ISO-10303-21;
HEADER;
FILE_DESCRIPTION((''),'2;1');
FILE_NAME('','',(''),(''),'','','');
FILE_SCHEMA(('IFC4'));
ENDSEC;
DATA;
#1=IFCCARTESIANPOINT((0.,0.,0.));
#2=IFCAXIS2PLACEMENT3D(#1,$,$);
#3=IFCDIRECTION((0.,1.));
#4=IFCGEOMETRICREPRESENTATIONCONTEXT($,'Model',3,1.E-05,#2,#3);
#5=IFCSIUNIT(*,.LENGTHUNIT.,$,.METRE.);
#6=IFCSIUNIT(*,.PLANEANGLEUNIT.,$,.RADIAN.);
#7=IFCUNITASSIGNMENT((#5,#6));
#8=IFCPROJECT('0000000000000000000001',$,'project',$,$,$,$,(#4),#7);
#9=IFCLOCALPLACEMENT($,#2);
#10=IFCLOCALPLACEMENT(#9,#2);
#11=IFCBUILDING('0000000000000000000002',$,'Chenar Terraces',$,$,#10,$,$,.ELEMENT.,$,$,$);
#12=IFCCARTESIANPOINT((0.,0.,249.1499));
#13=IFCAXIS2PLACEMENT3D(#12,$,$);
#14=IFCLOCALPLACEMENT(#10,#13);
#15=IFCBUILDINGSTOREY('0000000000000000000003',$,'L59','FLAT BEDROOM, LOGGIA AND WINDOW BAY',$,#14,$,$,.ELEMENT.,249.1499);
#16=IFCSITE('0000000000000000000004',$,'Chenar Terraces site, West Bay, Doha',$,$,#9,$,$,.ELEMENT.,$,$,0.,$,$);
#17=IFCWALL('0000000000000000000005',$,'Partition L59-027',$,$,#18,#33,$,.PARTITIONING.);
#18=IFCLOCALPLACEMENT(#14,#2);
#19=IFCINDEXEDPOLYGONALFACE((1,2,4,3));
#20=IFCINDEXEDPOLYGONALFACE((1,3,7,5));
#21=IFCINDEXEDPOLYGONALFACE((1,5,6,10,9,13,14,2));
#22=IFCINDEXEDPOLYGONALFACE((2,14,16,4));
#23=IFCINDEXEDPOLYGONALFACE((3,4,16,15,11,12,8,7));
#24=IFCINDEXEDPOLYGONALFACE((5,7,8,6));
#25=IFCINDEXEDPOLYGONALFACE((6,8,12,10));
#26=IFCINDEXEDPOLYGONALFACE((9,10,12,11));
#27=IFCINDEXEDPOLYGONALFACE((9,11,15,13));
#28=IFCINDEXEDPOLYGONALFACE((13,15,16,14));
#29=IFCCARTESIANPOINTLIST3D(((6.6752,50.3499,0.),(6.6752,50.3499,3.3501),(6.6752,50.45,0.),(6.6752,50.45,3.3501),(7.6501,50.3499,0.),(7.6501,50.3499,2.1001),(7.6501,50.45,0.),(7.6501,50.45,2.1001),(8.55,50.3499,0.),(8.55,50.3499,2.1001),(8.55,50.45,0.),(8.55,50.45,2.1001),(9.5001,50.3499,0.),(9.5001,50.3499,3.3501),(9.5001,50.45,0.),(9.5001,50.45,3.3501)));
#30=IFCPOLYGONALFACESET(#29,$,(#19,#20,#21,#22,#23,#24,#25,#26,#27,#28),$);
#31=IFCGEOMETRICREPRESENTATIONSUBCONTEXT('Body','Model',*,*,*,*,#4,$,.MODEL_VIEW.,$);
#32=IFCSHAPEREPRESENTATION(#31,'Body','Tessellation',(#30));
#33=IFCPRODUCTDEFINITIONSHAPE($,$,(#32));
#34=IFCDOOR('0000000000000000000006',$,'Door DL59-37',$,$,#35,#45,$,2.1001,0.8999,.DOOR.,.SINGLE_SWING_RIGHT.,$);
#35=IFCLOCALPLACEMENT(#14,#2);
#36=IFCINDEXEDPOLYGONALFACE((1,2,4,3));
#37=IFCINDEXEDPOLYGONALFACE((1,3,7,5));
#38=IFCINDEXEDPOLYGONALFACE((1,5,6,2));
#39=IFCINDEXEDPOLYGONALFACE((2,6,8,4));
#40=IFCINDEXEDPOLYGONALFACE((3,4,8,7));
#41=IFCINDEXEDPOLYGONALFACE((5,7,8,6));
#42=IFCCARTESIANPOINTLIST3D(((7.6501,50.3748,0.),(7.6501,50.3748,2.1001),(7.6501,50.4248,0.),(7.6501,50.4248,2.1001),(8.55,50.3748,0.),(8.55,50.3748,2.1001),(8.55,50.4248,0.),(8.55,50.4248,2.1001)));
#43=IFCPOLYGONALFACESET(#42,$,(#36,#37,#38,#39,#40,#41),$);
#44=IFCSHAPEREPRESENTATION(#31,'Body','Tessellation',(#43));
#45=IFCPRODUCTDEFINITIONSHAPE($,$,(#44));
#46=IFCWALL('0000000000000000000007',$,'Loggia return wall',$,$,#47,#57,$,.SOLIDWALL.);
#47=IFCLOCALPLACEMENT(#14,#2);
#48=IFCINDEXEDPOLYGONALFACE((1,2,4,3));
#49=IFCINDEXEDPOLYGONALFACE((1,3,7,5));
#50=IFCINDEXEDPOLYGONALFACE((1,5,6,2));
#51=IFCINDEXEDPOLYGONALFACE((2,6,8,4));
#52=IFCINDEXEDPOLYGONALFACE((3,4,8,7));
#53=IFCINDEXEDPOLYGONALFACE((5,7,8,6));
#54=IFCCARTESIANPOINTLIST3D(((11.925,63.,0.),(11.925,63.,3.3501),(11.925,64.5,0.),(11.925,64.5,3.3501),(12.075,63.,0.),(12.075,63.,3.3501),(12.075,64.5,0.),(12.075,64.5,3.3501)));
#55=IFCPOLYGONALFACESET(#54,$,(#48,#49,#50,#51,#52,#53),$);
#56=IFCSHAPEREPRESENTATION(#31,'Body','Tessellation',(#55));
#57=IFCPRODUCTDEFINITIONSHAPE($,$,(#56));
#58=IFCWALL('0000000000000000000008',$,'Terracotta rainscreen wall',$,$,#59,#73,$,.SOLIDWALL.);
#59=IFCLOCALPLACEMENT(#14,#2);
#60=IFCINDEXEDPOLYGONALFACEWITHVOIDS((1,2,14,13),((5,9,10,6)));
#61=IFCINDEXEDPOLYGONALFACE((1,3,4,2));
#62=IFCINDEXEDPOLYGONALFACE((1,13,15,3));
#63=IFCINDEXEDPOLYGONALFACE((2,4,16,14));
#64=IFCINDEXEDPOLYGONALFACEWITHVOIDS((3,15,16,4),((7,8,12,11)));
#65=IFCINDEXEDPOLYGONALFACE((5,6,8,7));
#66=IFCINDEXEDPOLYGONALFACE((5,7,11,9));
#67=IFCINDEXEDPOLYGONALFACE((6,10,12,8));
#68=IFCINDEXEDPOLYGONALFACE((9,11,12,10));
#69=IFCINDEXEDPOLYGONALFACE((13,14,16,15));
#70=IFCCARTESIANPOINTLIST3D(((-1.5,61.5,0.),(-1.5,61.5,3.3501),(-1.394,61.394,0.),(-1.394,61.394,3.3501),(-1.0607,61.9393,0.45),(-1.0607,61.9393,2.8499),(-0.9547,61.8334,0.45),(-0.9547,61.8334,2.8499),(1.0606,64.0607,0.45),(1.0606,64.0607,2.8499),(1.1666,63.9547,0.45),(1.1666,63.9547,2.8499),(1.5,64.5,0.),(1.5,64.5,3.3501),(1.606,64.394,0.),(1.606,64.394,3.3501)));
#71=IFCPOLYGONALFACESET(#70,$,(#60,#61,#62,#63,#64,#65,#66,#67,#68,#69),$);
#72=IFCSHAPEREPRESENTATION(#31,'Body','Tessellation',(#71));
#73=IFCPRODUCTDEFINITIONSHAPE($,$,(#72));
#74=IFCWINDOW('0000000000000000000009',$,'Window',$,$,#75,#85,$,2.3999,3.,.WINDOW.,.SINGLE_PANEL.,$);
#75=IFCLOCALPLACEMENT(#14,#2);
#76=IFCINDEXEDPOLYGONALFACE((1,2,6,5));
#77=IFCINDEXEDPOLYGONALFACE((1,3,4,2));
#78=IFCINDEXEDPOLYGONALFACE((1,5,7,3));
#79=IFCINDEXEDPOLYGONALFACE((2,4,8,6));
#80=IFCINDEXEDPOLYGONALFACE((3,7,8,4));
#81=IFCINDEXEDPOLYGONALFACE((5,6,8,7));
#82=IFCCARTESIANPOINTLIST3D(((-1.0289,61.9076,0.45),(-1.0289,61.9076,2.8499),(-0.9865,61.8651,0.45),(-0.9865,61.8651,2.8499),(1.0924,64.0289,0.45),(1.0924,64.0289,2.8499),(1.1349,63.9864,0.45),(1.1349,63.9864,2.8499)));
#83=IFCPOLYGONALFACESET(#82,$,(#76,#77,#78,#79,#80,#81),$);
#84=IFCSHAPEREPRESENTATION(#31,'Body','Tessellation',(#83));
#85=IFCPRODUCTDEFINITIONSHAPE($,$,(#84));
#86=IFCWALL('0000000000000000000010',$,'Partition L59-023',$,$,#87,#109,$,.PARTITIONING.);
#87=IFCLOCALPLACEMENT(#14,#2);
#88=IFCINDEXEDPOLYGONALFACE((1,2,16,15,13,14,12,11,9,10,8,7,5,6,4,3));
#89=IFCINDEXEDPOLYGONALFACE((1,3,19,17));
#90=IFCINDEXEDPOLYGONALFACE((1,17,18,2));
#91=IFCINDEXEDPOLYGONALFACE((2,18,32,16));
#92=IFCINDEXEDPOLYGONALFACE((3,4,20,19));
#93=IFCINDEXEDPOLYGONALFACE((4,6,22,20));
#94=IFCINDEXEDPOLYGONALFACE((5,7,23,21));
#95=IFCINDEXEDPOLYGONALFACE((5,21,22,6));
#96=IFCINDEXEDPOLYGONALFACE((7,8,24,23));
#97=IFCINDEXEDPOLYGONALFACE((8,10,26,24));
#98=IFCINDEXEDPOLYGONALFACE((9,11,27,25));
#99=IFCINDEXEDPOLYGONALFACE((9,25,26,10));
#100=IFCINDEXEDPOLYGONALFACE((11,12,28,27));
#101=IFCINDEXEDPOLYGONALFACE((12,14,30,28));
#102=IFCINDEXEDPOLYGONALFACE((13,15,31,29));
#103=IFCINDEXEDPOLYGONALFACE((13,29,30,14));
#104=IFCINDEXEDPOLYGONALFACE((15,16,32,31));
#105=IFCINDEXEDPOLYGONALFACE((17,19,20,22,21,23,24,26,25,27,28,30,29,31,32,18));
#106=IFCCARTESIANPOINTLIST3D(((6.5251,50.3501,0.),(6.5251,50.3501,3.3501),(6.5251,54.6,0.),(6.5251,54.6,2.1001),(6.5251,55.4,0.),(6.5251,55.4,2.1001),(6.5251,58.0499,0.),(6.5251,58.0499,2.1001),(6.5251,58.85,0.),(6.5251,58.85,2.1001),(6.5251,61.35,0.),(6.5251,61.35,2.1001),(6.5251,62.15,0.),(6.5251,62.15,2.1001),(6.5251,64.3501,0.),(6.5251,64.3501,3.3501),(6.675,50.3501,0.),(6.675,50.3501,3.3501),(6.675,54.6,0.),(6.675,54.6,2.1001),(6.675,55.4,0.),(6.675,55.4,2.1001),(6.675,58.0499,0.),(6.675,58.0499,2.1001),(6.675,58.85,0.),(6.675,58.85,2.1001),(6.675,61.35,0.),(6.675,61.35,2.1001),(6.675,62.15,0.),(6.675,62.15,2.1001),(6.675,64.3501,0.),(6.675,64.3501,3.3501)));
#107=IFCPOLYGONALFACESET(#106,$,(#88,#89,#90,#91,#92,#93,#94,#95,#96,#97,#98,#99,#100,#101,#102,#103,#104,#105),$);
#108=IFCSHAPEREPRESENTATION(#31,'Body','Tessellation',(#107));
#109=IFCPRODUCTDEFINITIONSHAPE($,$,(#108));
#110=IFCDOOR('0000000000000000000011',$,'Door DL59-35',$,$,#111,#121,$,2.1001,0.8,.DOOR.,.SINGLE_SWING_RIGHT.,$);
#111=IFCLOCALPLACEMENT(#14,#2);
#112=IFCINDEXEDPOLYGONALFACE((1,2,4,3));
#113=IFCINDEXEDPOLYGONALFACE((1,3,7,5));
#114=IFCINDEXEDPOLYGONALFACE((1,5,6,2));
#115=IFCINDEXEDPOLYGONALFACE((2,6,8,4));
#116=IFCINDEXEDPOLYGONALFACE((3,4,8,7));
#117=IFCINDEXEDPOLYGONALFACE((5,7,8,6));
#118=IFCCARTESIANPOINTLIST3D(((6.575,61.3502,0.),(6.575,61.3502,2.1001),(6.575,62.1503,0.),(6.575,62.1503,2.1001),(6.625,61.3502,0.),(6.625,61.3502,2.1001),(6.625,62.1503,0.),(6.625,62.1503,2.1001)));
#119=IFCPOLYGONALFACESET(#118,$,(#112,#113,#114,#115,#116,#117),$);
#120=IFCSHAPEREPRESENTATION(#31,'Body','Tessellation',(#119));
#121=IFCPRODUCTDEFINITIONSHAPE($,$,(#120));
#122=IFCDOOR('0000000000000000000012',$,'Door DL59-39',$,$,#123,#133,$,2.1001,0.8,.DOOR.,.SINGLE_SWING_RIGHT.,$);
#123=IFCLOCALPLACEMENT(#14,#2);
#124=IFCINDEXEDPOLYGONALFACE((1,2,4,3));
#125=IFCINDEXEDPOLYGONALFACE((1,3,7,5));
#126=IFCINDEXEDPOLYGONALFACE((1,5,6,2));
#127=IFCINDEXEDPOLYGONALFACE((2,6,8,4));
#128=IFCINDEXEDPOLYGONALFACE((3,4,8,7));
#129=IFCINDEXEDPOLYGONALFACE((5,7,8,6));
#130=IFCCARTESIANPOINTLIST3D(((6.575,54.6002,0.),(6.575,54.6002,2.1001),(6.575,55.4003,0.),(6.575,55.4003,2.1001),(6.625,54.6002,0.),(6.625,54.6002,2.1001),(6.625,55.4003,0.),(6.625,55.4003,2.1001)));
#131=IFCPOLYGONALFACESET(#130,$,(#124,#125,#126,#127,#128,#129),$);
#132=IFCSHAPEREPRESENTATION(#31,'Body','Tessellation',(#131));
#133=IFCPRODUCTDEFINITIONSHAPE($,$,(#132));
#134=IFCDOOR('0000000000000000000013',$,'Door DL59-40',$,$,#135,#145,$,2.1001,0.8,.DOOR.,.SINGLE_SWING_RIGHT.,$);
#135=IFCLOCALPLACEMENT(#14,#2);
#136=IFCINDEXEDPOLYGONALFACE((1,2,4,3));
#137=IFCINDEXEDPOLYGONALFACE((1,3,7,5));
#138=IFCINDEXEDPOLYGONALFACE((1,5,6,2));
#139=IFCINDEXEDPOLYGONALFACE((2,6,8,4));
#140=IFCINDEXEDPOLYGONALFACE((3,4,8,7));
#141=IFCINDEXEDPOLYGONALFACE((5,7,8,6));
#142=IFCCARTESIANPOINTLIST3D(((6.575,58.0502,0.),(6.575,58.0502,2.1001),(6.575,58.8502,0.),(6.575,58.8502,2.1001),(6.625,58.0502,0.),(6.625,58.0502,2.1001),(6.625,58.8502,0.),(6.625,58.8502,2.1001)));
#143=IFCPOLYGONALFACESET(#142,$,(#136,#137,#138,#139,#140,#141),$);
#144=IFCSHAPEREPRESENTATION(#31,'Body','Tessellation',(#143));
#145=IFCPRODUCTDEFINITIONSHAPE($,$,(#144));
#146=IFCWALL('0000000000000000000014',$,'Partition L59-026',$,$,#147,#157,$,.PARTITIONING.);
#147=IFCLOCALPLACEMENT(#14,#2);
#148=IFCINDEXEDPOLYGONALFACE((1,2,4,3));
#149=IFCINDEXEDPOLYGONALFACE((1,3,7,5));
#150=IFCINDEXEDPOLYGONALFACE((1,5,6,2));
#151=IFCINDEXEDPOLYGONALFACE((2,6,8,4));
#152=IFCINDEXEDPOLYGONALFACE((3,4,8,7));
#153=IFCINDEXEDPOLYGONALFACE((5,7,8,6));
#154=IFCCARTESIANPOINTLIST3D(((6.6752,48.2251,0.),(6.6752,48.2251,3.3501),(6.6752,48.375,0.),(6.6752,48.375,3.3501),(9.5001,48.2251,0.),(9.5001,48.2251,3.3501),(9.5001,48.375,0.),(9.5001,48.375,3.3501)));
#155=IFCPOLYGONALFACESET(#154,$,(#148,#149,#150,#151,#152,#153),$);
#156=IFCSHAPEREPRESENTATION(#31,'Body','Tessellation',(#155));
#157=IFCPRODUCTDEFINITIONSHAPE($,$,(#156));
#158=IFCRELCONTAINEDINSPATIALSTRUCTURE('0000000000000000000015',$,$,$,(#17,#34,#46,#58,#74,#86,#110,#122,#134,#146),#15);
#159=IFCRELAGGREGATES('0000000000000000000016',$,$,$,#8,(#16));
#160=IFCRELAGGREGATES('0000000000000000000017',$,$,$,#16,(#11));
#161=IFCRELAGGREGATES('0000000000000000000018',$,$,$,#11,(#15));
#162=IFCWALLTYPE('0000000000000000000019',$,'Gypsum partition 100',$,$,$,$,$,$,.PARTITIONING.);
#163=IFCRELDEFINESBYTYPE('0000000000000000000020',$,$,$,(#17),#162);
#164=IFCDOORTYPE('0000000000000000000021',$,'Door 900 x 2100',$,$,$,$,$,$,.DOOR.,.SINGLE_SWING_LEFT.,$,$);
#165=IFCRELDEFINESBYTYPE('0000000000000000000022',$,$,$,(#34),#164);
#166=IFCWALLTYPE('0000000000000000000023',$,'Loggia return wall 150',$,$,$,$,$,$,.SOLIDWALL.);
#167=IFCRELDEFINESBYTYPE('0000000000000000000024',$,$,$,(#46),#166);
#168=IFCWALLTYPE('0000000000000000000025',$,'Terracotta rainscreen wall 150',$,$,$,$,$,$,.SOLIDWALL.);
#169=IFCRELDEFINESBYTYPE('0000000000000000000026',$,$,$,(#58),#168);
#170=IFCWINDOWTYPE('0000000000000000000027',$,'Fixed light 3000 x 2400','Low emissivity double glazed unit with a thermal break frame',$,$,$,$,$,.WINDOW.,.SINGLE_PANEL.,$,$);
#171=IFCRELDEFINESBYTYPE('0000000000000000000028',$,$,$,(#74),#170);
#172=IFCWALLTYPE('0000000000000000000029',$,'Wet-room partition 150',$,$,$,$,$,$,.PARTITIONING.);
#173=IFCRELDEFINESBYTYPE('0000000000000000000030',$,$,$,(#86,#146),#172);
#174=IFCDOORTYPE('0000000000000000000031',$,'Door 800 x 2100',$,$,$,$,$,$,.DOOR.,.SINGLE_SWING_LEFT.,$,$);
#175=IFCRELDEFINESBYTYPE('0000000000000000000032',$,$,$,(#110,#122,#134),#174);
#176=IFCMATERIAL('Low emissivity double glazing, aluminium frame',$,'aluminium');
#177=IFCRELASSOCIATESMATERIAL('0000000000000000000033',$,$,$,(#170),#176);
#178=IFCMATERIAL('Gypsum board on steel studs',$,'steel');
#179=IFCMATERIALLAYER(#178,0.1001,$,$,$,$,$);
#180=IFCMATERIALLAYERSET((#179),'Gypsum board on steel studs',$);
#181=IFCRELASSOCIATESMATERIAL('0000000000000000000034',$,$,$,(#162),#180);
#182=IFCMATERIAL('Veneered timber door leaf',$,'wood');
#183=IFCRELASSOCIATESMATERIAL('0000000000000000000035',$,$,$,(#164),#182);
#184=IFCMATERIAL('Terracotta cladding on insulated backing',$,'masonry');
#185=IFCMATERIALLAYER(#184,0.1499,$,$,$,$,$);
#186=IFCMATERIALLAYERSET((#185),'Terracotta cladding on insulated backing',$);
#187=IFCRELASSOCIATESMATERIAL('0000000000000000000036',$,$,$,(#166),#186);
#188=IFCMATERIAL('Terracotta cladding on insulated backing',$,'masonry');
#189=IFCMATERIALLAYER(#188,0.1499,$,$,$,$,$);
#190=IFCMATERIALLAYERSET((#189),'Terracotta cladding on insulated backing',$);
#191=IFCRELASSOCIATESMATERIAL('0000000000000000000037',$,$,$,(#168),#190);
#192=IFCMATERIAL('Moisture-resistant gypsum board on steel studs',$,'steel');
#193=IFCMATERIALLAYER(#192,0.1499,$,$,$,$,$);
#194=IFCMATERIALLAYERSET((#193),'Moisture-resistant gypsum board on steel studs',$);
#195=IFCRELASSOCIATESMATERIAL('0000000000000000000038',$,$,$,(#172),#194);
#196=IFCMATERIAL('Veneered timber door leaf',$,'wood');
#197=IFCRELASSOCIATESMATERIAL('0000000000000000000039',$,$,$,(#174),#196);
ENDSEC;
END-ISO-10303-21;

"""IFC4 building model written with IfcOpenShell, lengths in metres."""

from ifc_helpers import new_model, si_unit, direction, frame, frame_2d, origin, place, context, subcontext, project, spatial, rectangle, extrude, material, layer, layer_set, type_object, element, fill, save


model = new_model("IFC4")

# Units and contexts
model_context = context("Model", 3, precision=1e-05, world=origin(), true_north=direction((0.0, 1.0)))
body_context = subcontext(model_context, "Body", "Model", "MODEL_VIEW")
ifc_project = project(units=[si_unit("LENGTHUNIT", "METRE"), si_unit("PLANEANGLEUNIT", "RADIAN")], contexts=[model_context])

# Site, building, storey
site_placement = place(None, origin())
site = spatial("IfcSite", under=ifc_project, at=site_placement, Name="Chenar Terraces site, West Bay, Doha", CompositionType="ELEMENT", RefElevation=0.0)
building_placement = place(site_placement, origin())
building = spatial("IfcBuilding", under=site, at=building_placement, Name="Chenar Terraces", CompositionType="ELEMENT")
storey_placement = place(building_placement, frame((0.0, 0.0, 249.1499)))
storey = spatial("IfcBuildingStorey", under=building, at=storey_placement, Name="L59", Description="FLAT BEDROOM, LOGGIA AND WINDOW BAY", CompositionType="ELEMENT", Elevation=249.1499)

# Shared definitions
ifc_material_1 = material(Name="Low emissivity double glazing, aluminium frame", Category="aluminium")
window_type_1 = type_object("IfcWindowType", Name="Fixed light 3000 x 2400", Description="Low emissivity double glazed unit with a thermal break frame", PartitioningType="SINGLE_PANEL", PredefinedType="WINDOW", material=ifc_material_1)

# Shared definitions
ifc_material_2 = material(Name="Gypsum board on steel studs", Category="steel")
ifc_layer_1 = layer(ifc_material_2, 0.1001)
ifc_layer_set_1 = layer_set([ifc_layer_1], Name="Gypsum board on steel studs")
wall_type_1 = type_object("IfcWallType", Name="Gypsum partition 100", PredefinedType="PARTITIONING", material=ifc_layer_set_1)

# Wall, opening, door
wall_1_placement = place(storey_placement, frame((6.675, 50.3999, 0.0), z_axis=(0.0, 0.0, 1.0), x_axis=(1.0, 0.0, 0.0)))
wall_1 = element("IfcWall", 1, at=wall_1_placement, inside=storey, type_object=wall_type_1, Name="Partition L59-027", PredefinedType="PARTITIONING", context=body_context, shape_type="SweptSolid", body=[
    extrude(rectangle(XDim=2.825, YDim=0.1001, at=frame_2d((1.4126, 0.0))), origin(), (0.0, 0.0, 1.0), 3.3501),
])
opening_1_placement = place(wall_1_placement, frame((0.9751, 0.0, 0.0)))
opening_1 = element("IfcOpeningElement", 2, at=opening_1_placement, cuts=wall_1, PredefinedType="OPENING", context=body_context, shape_type="SweptSolid", body=[
    extrude(rectangle(XDim=0.8999, YDim=2.1001, at=frame_2d((0.45, 1.05))), frame((0.0, 0.0601, 0.0), z_axis=(0.0, -1.0, 0.0), x_axis=(1.0, 0.0, 0.0)), (0.0, 0.0, 1.0), 0.1201),
])
ifc_material_3 = material(Name="Veneered timber door leaf", Category="wood")
door_type_1 = type_object("IfcDoorType", Name="Door 900 x 2100", OperationType="SINGLE_SWING_LEFT", PredefinedType="DOOR", material=ifc_material_3)
door_1_placement = place(opening_1_placement, origin())
door_1 = element("IfcDoor", 3, at=door_1_placement, inside=storey, type_object=door_type_1, Name="Door DL59-37", OperationType="SINGLE_SWING_RIGHT", OverallHeight=2.1001, OverallWidth=0.8999, PredefinedType="DOOR", context=body_context, shape_type="SweptSolid", body=[
    extrude(rectangle(XDim=0.8999, YDim=2.1001, at=frame_2d((0.45, 1.05))), frame((0.0, 0.0249, 0.0), z_axis=(0.0, -1.0, 0.0), x_axis=(1.0, 0.0, 0.0)), (0.0, 0.0, 1.0), 0.05),
])
fill(opening_1, door_1)

# Wall
ifc_material_4 = material(Name="Terracotta cladding on insulated backing", Category="masonry")
ifc_layer_2 = layer(ifc_material_4, 0.1499)
ifc_layer_set_2 = layer_set([ifc_layer_2], Name="Terracotta cladding on insulated backing")
wall_type_2 = type_object("IfcWallType", Name="Loggia return wall 150", PredefinedType="SOLIDWALL", material=ifc_layer_set_2)
wall_2_placement = place(storey_placement, frame((12.0, 64.5, 0.0), z_axis=(0.0, 0.0, 1.0), x_axis=(0.0, -1.0, 0.0)))
element("IfcWall", 4, at=wall_2_placement, inside=storey, type_object=wall_type_2, Name="Loggia return wall", PredefinedType="SOLIDWALL", context=body_context, shape_type="SweptSolid", body=[
    extrude(rectangle(XDim=1.5, YDim=0.1499, at=frame_2d((0.75, 0.0))), origin(), (0.0, 0.0, 1.0), 3.3501),
])

# Wall, opening, window
ifc_material_5 = material(Name="Terracotta cladding on insulated backing", Category="masonry")
ifc_layer_3 = layer(ifc_material_5, 0.1499)
ifc_layer_set_3 = layer_set([ifc_layer_3], Name="Terracotta cladding on insulated backing")
wall_type_3 = type_object("IfcWallType", Name="Terracotta rainscreen wall 150", PredefinedType="SOLIDWALL", material=ifc_layer_set_3)
wall_3_placement = place(storey_placement, frame((1.553, 64.447, 0.0), z_axis=(0.0, 0.0, 1.0), x_axis=(-0.707107, -0.707107, 0.0)))
wall_3 = element("IfcWall", 5, at=wall_3_placement, inside=storey, type_object=wall_type_3, Name="Terracotta rainscreen wall", PredefinedType="SOLIDWALL", context=body_context, shape_type="SweptSolid", body=[
    extrude(rectangle(XDim=4.2427, YDim=0.1499, at=frame_2d((2.1213, 0.0))), origin(), (0.0, 0.0, 1.0), 3.3501),
])
opening_2_placement = place(wall_3_placement, frame((0.6213, 0.0, 0.45)))
opening_2 = element("IfcOpeningElement", 6, at=opening_2_placement, cuts=wall_3, PredefinedType="OPENING", context=body_context, shape_type="SweptSolid", body=[
    extrude(rectangle(XDim=3.0, YDim=2.3999, at=frame_2d((1.5, 1.2))), frame((0.0, 0.085, 0.0), z_axis=(0.0, -1.0, 0.0), x_axis=(1.0, 0.0, 0.0)), (0.0, 0.0, 1.0), 0.1699),
])
window_1_placement = place(opening_2_placement, origin())
window_1 = element("IfcWindow", 7, at=window_1_placement, inside=storey, type_object=window_type_1, Name="Window", OverallHeight=2.3999, OverallWidth=3.0, PartitioningType="SINGLE_PANEL", PredefinedType="WINDOW", context=body_context, shape_type="SweptSolid", body=[
    extrude(rectangle(XDim=3.0, YDim=2.3999, at=frame_2d((1.5, 1.2))), frame((0.0, 0.03, 0.0), z_axis=(0.0, -1.0, 0.0), x_axis=(1.0, 0.0, 0.0)), (0.0, 0.0, 1.0), 0.0601),
])
fill(opening_2, window_1)

# Wall, openings, doors
ifc_material_6 = material(Name="Moisture-resistant gypsum board on steel studs", Category="steel")
ifc_layer_4 = layer(ifc_material_6, 0.1499)
ifc_layer_set_4 = layer_set([ifc_layer_4], Name="Moisture-resistant gypsum board on steel studs")
wall_type_4 = type_object("IfcWallType", Name="Wet-room partition 150", PredefinedType="PARTITIONING", material=ifc_layer_set_4)
wall_4_placement = place(storey_placement, frame((6.6001, 50.3501, 0.0), z_axis=(0.0, 0.0, 1.0), x_axis=(0.0, 1.0, 0.0)))
wall_4 = element("IfcWall", 8, at=wall_4_placement, inside=storey, type_object=wall_type_4, Name="Partition L59-023", PredefinedType="PARTITIONING", context=body_context, shape_type="SweptSolid", body=[
    extrude(rectangle(XDim=14.0, YDim=0.1499, at=frame_2d((7.0, 0.0))), origin(), (0.0, 0.0, 1.0), 3.3501),
])
opening_3_placement = place(wall_4_placement, frame((11.0, 0.0, 0.0)))
opening_3 = element("IfcOpeningElement", 9, at=opening_3_placement, cuts=wall_4, PredefinedType="OPENING", context=body_context, shape_type="SweptSolid", body=[
    extrude(rectangle(XDim=0.8, YDim=2.1001, at=frame_2d((0.3999, 1.05))), frame((0.0, 0.085, 0.0), z_axis=(0.0, -1.0, 0.0), x_axis=(1.0, 0.0, 0.0)), (0.0, 0.0, 1.0), 0.1699),
])
opening_4_placement = place(wall_4_placement, frame((4.25, 0.0, 0.0)))
opening_4 = element("IfcOpeningElement", 10, at=opening_4_placement, cuts=wall_4, PredefinedType="OPENING", context=body_context, shape_type="SweptSolid", body=[
    extrude(rectangle(XDim=0.8, YDim=2.1001, at=frame_2d((0.3999, 1.05))), frame((0.0, 0.085, 0.0), z_axis=(0.0, -1.0, 0.0), x_axis=(1.0, 0.0, 0.0)), (0.0, 0.0, 1.0), 0.1699),
])
opening_5_placement = place(wall_4_placement, frame((7.7, 0.0, 0.0)))
opening_5 = element("IfcOpeningElement", 11, at=opening_5_placement, cuts=wall_4, PredefinedType="OPENING", context=body_context, shape_type="SweptSolid", body=[
    extrude(rectangle(XDim=0.8, YDim=2.1001, at=frame_2d((0.3999, 1.05))), frame((0.0, 0.085, 0.0), z_axis=(0.0, -1.0, 0.0), x_axis=(1.0, 0.0, 0.0)), (0.0, 0.0, 1.0), 0.1699),
])
ifc_material_7 = material(Name="Veneered timber door leaf", Category="wood")
door_type_2 = type_object("IfcDoorType", Name="Door 800 x 2100", OperationType="SINGLE_SWING_LEFT", PredefinedType="DOOR", material=ifc_material_7)
door_2_placement = place(opening_3_placement, frame((0.8, 0.0, 0.0), z_axis=(0.0, 0.0, 1.0), x_axis=(-1.0, 0.0, 0.0)))
door_2 = element("IfcDoor", 12, at=door_2_placement, inside=storey, type_object=door_type_2, Name="Door DL59-35", OperationType="SINGLE_SWING_RIGHT", OverallHeight=2.1001, OverallWidth=0.8, PredefinedType="DOOR", context=body_context, shape_type="SweptSolid", body=[
    extrude(rectangle(XDim=0.8, YDim=2.1001, at=frame_2d((0.3999, 1.05))), frame((0.0, 0.0249, 0.0), z_axis=(0.0, -1.0, 0.0), x_axis=(1.0, 0.0, 0.0)), (0.0, 0.0, 1.0), 0.05),
])
fill(opening_3, door_2)
door_3_placement = place(opening_4_placement, frame((0.8, 0.0, 0.0), z_axis=(0.0, 0.0, 1.0), x_axis=(-1.0, 0.0, 0.0)))
door_3 = element("IfcDoor", 13, at=door_3_placement, inside=storey, type_object=door_type_2, Name="Door DL59-39", OperationType="SINGLE_SWING_RIGHT", OverallHeight=2.1001, OverallWidth=0.8, PredefinedType="DOOR", context=body_context, shape_type="SweptSolid", body=[
    extrude(rectangle(XDim=0.8, YDim=2.1001, at=frame_2d((0.3999, 1.05))), frame((0.0, 0.0249, 0.0), z_axis=(0.0, -1.0, 0.0), x_axis=(1.0, 0.0, 0.0)), (0.0, 0.0, 1.0), 0.05),
])
fill(opening_4, door_3)
door_4_placement = place(opening_5_placement, frame((0.8, 0.0, 0.0), z_axis=(0.0, 0.0, 1.0), x_axis=(-1.0, 0.0, 0.0)))
door_4 = element("IfcDoor", 14, at=door_4_placement, inside=storey, type_object=door_type_2, Name="Door DL59-40", OperationType="SINGLE_SWING_RIGHT", OverallHeight=2.1001, OverallWidth=0.8, PredefinedType="DOOR", context=body_context, shape_type="SweptSolid", body=[
    extrude(rectangle(XDim=0.8, YDim=2.1001, at=frame_2d((0.3999, 1.05))), frame((0.0, 0.0249, 0.0), z_axis=(0.0, -1.0, 0.0), x_axis=(1.0, 0.0, 0.0)), (0.0, 0.0, 1.0), 0.05),
])
fill(opening_5, door_4)

# Wall
for number, where, z_axis, x_axis, name in (
    (15, (6.675, 48.3, 0.0), (0.0, 0.0, 1.0), (1.0, 0.0, 0.0), "Partition L59-026"),
):
    element("IfcWall", number, at=place(storey_placement, frame(where, z_axis=z_axis, x_axis=x_axis)), inside=storey, type_object=wall_type_4, Name=name, PredefinedType="PARTITIONING", context=body_context, shape_type="SweptSolid", body=[
        extrude(rectangle(XDim=2.825, YDim=0.1499, at=frame_2d((1.4126, 0.0))), origin(), (0.0, 0.0, 1.0), 3.3501),
    ])

save(model, "model.ifc")
